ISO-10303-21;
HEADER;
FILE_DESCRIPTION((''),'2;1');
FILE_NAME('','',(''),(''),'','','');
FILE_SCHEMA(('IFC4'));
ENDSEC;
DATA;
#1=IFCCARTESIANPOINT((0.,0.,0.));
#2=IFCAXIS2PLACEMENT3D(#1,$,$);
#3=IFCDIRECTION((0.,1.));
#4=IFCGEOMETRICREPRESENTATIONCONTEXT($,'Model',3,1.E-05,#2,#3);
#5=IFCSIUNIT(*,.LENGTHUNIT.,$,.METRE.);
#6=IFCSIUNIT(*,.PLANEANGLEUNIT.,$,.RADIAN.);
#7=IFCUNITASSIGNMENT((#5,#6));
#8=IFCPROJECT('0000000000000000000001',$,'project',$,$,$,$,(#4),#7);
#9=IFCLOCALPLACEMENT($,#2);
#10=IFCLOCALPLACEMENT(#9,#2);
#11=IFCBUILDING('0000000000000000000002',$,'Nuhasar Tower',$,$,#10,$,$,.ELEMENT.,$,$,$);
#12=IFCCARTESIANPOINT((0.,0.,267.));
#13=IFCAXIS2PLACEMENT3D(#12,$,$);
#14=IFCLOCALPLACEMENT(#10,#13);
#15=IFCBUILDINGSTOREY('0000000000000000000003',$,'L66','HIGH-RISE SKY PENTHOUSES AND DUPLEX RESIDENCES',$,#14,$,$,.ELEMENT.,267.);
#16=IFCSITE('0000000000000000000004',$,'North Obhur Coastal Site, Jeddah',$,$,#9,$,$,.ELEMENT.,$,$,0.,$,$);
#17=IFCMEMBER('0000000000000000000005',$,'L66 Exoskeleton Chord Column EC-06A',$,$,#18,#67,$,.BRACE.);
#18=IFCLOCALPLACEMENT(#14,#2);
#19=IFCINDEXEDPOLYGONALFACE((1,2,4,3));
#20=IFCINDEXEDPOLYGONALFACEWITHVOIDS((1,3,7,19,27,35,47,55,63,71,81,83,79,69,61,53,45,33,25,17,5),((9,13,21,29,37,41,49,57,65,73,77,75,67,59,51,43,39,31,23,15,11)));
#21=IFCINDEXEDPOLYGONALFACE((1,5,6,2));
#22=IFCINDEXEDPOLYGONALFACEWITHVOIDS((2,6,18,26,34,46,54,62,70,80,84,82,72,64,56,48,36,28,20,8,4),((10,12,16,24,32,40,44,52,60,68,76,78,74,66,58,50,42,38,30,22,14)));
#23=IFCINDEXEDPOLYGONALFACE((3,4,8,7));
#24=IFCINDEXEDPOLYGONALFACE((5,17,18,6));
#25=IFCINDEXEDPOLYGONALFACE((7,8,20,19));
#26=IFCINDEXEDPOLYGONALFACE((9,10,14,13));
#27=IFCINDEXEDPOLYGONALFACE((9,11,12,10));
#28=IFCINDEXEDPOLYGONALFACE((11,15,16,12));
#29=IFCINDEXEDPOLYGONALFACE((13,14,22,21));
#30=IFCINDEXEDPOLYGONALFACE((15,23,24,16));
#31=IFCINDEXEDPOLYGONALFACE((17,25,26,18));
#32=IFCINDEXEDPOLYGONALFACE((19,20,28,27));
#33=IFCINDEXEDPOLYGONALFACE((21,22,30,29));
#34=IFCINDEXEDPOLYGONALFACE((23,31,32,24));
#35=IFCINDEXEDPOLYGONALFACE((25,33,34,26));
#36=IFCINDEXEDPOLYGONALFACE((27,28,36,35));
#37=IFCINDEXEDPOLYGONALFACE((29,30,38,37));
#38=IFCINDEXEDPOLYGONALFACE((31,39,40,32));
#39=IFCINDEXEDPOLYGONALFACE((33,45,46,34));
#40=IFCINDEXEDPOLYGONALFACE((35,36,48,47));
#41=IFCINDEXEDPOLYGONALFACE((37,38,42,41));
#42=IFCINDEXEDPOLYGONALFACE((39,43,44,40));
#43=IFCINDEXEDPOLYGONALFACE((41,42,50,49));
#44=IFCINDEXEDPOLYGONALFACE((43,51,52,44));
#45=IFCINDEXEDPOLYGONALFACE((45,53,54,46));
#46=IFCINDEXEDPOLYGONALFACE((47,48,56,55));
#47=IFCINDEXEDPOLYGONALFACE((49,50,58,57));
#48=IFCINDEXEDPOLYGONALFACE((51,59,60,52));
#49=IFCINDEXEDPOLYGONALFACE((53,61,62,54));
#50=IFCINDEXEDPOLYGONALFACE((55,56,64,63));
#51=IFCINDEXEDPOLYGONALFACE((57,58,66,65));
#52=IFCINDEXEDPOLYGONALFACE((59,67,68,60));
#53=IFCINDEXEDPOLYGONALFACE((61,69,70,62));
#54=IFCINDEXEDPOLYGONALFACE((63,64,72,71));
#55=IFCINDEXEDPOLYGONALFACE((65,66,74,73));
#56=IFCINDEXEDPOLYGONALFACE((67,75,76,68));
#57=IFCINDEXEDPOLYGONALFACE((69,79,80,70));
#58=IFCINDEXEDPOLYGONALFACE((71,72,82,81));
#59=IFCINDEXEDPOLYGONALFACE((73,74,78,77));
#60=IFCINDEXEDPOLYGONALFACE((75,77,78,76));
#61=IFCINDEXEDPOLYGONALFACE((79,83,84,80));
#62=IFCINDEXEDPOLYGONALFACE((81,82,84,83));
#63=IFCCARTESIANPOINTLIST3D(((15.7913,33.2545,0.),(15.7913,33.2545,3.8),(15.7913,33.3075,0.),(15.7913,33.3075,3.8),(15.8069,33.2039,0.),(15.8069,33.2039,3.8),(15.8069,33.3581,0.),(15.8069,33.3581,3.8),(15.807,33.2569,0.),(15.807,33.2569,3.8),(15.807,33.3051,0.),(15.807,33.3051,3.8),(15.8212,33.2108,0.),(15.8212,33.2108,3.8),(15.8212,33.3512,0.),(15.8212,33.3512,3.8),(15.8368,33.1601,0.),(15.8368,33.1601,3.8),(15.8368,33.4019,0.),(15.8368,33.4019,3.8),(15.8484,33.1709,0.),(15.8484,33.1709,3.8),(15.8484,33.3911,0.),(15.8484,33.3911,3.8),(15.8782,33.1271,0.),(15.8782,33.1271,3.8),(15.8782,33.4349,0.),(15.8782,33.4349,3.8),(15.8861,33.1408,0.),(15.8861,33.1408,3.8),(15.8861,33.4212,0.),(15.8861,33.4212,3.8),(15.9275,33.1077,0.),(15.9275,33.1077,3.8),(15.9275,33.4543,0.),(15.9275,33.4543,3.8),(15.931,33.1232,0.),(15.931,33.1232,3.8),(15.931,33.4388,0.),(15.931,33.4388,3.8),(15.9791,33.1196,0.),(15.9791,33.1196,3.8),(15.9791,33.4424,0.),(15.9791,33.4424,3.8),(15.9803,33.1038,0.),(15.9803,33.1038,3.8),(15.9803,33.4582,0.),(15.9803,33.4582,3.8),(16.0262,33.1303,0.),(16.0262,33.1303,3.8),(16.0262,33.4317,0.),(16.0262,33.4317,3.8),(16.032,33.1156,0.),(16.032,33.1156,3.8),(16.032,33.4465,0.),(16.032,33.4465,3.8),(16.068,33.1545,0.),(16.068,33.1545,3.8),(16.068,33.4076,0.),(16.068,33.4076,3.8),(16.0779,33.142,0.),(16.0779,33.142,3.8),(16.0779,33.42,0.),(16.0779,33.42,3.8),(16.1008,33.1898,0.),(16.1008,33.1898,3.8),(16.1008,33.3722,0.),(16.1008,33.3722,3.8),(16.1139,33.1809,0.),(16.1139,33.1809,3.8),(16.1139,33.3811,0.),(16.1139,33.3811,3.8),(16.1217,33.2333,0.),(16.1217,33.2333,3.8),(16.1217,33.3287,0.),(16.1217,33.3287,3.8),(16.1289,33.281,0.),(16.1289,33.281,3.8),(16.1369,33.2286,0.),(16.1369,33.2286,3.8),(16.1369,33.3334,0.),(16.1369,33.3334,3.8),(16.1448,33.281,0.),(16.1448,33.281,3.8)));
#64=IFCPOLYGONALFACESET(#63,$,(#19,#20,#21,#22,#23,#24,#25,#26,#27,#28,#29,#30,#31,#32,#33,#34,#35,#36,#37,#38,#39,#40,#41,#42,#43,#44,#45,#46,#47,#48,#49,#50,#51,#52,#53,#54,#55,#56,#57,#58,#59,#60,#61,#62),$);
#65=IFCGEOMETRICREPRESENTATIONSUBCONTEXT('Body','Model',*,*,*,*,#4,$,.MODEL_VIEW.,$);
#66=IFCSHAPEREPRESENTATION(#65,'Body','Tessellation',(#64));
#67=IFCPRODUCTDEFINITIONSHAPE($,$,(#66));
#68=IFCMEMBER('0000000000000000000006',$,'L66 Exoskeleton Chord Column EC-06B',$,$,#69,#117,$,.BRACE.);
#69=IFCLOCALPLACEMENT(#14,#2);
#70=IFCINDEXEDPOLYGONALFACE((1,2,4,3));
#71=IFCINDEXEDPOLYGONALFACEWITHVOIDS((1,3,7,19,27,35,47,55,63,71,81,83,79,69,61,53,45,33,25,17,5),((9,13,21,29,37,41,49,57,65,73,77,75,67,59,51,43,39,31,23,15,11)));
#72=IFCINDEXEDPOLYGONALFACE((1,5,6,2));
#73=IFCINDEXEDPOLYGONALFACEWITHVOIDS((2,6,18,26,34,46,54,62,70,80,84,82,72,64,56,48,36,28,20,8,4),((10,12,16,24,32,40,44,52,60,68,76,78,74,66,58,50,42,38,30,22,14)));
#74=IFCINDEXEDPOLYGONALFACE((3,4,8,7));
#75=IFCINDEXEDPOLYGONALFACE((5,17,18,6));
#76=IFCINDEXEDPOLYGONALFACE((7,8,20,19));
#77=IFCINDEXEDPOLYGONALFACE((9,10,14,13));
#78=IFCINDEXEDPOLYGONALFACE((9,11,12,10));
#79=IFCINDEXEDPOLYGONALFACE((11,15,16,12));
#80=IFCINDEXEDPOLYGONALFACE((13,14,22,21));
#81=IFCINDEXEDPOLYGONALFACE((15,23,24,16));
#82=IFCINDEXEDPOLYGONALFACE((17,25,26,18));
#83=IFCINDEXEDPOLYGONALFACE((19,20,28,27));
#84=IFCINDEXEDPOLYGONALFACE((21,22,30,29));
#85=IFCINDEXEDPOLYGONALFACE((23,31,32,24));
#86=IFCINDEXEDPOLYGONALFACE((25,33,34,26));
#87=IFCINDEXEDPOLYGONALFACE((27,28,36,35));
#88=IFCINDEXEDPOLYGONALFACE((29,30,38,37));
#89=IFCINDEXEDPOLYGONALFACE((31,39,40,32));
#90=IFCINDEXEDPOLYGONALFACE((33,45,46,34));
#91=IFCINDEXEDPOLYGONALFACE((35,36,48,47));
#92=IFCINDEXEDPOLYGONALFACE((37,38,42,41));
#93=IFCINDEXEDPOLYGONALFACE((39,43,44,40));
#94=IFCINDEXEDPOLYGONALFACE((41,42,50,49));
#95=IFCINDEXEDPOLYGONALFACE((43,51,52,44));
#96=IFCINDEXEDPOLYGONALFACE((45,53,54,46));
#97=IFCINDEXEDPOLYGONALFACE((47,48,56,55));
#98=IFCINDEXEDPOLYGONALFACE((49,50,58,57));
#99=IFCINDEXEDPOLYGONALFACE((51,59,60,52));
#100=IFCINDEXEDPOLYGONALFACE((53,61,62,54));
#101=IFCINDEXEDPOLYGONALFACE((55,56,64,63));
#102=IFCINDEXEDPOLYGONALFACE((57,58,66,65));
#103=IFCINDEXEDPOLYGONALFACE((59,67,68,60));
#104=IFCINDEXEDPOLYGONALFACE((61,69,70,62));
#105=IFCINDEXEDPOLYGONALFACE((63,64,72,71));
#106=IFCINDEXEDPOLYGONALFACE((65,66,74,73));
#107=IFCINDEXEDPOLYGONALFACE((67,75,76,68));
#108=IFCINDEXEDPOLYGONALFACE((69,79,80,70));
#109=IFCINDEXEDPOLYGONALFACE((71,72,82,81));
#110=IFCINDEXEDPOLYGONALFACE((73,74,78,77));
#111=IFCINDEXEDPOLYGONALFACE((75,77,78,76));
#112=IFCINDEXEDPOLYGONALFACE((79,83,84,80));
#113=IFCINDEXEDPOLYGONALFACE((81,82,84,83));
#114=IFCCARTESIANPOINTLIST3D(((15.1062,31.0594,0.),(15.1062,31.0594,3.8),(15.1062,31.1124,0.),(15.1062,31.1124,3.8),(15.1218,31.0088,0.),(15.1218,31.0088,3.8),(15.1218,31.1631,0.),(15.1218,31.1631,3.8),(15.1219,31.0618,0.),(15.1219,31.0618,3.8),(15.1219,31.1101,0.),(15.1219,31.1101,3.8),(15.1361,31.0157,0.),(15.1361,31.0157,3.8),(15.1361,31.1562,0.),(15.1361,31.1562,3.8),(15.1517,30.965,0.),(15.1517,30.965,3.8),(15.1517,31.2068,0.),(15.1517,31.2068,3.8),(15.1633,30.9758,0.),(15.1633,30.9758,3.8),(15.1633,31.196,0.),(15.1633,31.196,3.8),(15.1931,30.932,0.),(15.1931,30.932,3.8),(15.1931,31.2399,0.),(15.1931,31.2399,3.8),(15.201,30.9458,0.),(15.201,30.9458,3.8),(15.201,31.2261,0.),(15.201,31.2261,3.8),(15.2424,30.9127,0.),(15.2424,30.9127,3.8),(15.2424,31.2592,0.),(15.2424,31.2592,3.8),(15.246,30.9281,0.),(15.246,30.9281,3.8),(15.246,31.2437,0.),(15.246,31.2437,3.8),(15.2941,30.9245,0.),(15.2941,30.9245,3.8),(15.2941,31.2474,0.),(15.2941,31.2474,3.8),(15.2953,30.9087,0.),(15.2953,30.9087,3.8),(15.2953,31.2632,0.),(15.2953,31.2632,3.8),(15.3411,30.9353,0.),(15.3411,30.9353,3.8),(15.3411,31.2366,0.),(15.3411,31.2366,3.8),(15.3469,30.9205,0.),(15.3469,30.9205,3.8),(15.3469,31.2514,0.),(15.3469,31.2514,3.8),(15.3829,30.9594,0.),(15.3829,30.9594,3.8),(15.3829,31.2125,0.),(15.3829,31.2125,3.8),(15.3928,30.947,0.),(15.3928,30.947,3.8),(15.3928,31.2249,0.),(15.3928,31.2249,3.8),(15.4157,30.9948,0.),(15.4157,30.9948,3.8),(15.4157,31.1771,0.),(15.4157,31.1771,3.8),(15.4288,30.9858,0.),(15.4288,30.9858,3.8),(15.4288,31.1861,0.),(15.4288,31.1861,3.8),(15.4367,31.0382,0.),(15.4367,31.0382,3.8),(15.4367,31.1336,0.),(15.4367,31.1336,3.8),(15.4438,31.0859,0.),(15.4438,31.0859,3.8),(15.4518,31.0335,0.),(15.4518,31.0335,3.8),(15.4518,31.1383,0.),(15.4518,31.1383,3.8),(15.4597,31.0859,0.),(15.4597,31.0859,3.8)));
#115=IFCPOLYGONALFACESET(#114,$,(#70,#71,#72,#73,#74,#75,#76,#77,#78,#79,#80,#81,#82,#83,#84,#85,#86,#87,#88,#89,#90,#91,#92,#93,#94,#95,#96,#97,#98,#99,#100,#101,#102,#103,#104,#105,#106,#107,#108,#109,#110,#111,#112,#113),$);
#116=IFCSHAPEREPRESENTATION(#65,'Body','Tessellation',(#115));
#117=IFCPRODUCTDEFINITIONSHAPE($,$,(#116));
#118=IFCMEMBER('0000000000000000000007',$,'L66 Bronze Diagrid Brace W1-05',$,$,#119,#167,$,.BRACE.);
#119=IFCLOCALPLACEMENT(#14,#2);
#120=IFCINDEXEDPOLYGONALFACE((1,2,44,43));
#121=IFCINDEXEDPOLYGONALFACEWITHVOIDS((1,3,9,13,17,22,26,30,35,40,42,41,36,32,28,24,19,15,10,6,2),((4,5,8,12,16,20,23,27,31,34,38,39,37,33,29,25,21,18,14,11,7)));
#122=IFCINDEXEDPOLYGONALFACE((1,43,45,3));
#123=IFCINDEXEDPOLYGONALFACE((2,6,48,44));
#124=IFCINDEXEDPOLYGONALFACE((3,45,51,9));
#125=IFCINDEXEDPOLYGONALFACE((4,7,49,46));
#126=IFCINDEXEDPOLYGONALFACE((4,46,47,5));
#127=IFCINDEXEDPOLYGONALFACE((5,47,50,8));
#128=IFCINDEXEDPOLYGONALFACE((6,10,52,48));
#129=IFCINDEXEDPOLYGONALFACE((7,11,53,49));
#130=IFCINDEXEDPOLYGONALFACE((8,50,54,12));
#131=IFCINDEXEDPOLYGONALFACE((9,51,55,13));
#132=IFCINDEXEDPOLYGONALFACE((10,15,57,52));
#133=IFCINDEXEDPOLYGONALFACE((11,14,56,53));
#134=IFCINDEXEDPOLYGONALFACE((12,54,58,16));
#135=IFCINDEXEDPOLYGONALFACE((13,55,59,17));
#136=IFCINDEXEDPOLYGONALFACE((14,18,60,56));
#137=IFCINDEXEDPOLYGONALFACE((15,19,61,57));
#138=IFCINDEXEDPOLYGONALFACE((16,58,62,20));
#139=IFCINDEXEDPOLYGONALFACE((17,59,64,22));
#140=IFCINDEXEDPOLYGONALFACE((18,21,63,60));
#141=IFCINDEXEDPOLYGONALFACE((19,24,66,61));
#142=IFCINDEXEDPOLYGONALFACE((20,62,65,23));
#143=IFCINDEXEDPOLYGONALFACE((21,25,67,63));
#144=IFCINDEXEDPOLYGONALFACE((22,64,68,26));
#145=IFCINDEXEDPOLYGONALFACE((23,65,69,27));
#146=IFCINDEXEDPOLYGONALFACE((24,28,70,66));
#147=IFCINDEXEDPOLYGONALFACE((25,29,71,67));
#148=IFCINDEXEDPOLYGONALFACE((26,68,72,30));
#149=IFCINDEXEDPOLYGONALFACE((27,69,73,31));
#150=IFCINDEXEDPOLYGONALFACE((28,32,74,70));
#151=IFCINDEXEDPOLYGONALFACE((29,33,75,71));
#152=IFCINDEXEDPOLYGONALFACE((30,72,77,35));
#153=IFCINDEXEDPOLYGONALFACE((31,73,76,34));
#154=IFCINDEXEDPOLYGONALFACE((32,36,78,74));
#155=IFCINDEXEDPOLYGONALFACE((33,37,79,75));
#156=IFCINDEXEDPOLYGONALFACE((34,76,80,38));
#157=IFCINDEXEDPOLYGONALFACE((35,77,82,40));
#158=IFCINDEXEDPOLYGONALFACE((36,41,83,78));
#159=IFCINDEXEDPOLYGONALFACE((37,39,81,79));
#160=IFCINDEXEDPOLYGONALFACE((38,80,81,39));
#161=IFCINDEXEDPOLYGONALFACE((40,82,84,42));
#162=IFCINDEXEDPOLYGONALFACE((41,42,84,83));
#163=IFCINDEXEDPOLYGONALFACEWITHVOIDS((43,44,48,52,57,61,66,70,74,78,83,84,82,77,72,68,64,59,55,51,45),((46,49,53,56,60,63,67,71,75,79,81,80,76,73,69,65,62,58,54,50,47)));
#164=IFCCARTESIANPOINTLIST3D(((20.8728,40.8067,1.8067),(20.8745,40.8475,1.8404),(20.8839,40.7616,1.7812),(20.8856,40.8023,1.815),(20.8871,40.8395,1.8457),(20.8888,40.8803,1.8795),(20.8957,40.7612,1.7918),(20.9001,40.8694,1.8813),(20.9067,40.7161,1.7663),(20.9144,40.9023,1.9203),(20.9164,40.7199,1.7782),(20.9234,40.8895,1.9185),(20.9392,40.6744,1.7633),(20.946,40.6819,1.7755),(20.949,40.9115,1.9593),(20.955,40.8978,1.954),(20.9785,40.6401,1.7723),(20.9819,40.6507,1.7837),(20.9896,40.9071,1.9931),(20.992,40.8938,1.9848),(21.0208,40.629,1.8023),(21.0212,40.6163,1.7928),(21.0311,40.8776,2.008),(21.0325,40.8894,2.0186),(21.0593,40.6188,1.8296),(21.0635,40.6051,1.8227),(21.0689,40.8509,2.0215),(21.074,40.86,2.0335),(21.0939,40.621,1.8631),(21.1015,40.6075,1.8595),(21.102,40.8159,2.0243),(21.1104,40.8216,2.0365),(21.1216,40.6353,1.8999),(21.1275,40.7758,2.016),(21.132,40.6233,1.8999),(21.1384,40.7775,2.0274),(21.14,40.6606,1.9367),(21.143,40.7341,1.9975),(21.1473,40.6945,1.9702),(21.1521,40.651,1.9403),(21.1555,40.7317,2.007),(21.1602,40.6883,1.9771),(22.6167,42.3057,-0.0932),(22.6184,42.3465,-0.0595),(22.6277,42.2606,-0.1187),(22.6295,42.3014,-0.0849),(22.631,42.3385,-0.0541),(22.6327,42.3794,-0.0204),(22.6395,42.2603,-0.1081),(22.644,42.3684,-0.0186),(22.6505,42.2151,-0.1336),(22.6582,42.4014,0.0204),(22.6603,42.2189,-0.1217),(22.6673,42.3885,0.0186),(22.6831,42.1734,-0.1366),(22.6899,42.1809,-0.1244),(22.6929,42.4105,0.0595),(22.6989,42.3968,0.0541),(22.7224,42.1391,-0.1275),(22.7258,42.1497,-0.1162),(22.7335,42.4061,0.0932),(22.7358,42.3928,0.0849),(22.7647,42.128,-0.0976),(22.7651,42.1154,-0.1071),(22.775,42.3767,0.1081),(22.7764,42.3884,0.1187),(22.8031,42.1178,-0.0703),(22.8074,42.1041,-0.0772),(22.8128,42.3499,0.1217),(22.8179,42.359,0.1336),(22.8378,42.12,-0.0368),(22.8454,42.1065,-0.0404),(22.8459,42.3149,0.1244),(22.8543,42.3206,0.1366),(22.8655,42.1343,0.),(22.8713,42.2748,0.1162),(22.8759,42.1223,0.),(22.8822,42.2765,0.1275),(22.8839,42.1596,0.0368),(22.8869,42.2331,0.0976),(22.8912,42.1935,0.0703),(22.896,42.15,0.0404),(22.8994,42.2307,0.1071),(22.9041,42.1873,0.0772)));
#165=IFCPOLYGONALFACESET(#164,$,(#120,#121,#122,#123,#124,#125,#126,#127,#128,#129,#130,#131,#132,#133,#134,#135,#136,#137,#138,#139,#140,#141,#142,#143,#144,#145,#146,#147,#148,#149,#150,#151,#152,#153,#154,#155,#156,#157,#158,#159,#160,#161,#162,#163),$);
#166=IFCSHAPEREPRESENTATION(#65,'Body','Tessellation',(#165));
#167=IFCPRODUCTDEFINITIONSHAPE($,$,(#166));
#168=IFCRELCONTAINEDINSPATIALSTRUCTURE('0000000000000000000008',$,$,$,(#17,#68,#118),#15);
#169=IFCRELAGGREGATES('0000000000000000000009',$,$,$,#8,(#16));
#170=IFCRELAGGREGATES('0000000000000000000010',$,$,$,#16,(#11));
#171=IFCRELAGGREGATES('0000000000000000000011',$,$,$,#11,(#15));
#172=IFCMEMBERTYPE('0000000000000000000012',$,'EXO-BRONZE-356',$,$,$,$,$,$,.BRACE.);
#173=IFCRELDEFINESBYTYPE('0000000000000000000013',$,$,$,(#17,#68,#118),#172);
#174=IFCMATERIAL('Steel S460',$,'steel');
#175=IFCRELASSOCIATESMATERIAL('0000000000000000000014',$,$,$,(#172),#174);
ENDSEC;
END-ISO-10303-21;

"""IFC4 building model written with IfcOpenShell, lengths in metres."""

from ifc_helpers import new_model, si_unit, direction, frame, origin, origin_2d, place, context, subcontext, project, spatial, hollow_circle, extrude, material, material_profile, profile_set, type_object, element, save


model = new_model("IFC4")

# Units and contexts
model_context = context("Model", 3, precision=1e-05, world=origin(), true_north=direction((0.0, 1.0)))
body_context = subcontext(model_context, "Body", "Model", "MODEL_VIEW")
ifc_project = project(units=[si_unit("LENGTHUNIT", "METRE"), si_unit("PLANEANGLEUNIT", "RADIAN")], contexts=[model_context])

# Site, building, storey
site_placement = place(None, origin())
site = spatial("IfcSite", under=ifc_project, at=site_placement, Name="North Obhur Coastal Site, Jeddah", CompositionType="ELEMENT", RefElevation=0.0)
building_placement = place(site_placement, origin())
building = spatial("IfcBuilding", under=site, at=building_placement, Name="Nuhasar Tower", CompositionType="ELEMENT")
storey_placement = place(building_placement, frame((0.0, 0.0, 267.0)))
storey = spatial("IfcBuildingStorey", under=building, at=storey_placement, Name="L66", Description="HIGH-RISE SKY PENTHOUSES AND DUPLEX RESIDENCES", CompositionType="ELEMENT", Elevation=267.0)

# Members
ifc_material_1 = material(Name="Steel S460", Category="steel")
ifc_material_profile_1 = material_profile(ifc_material_1, hollow_circle(Radius=0.1777, WallThickness=0.0159, at=origin_2d()), Name="HSS355.6X15.9")
ifc_profile_set_1 = profile_set([ifc_material_profile_1], Name="Steel S460")
member_type_1 = type_object("IfcMemberType", Name="EXO-BRONZE-356", PredefinedType="BRACE", material=ifc_profile_set_1)
for number, where, z_axis, x_axis, name in (
    (1, (15.967, 33.281, 0.0), (0.0, 0.0, 1.0), (1.0, 0.0, 0.0), "L66 Exoskeleton Chord Column EC-06A"),
    (2, (15.282, 31.0859, 0.0), (0.0, 0.0, 1.0), (1.0, 0.0, 0.0), "L66 Exoskeleton Chord Column EC-06B"),
):
    element("IfcMember", number, at=place(storey_placement, frame(where, z_axis=z_axis, x_axis=x_axis)), inside=storey, type_object=member_type_1, Name=name, PredefinedType="BRACE", context=body_context, shape_type="SweptSolid", body=[
        extrude(hollow_circle(Radius=0.1777, WallThickness=0.0159, at=origin_2d()), origin(), (0.0, 0.0, 1.0), 3.8),
    ])
member_1_placement = place(storey_placement, frame((22.76, 42.2571, 0.0), z_axis=(-0.584625, -0.502534, 0.636925), x_axis=(0.651857, -0.758342, 0.0)))
element("IfcMember", 3, at=member_1_placement, inside=storey, type_object=member_type_1, Name="L66 Bronze Diagrid Brace W1-05", PredefinedType="BRACE", context=body_context, shape_type="SweptSolid", body=[
    extrude(hollow_circle(Radius=0.1777, WallThickness=0.0159, at=origin_2d()), origin(), (0.0, 0.0, 1.0), 2.9829),
])

save(model, "model.ifc")
